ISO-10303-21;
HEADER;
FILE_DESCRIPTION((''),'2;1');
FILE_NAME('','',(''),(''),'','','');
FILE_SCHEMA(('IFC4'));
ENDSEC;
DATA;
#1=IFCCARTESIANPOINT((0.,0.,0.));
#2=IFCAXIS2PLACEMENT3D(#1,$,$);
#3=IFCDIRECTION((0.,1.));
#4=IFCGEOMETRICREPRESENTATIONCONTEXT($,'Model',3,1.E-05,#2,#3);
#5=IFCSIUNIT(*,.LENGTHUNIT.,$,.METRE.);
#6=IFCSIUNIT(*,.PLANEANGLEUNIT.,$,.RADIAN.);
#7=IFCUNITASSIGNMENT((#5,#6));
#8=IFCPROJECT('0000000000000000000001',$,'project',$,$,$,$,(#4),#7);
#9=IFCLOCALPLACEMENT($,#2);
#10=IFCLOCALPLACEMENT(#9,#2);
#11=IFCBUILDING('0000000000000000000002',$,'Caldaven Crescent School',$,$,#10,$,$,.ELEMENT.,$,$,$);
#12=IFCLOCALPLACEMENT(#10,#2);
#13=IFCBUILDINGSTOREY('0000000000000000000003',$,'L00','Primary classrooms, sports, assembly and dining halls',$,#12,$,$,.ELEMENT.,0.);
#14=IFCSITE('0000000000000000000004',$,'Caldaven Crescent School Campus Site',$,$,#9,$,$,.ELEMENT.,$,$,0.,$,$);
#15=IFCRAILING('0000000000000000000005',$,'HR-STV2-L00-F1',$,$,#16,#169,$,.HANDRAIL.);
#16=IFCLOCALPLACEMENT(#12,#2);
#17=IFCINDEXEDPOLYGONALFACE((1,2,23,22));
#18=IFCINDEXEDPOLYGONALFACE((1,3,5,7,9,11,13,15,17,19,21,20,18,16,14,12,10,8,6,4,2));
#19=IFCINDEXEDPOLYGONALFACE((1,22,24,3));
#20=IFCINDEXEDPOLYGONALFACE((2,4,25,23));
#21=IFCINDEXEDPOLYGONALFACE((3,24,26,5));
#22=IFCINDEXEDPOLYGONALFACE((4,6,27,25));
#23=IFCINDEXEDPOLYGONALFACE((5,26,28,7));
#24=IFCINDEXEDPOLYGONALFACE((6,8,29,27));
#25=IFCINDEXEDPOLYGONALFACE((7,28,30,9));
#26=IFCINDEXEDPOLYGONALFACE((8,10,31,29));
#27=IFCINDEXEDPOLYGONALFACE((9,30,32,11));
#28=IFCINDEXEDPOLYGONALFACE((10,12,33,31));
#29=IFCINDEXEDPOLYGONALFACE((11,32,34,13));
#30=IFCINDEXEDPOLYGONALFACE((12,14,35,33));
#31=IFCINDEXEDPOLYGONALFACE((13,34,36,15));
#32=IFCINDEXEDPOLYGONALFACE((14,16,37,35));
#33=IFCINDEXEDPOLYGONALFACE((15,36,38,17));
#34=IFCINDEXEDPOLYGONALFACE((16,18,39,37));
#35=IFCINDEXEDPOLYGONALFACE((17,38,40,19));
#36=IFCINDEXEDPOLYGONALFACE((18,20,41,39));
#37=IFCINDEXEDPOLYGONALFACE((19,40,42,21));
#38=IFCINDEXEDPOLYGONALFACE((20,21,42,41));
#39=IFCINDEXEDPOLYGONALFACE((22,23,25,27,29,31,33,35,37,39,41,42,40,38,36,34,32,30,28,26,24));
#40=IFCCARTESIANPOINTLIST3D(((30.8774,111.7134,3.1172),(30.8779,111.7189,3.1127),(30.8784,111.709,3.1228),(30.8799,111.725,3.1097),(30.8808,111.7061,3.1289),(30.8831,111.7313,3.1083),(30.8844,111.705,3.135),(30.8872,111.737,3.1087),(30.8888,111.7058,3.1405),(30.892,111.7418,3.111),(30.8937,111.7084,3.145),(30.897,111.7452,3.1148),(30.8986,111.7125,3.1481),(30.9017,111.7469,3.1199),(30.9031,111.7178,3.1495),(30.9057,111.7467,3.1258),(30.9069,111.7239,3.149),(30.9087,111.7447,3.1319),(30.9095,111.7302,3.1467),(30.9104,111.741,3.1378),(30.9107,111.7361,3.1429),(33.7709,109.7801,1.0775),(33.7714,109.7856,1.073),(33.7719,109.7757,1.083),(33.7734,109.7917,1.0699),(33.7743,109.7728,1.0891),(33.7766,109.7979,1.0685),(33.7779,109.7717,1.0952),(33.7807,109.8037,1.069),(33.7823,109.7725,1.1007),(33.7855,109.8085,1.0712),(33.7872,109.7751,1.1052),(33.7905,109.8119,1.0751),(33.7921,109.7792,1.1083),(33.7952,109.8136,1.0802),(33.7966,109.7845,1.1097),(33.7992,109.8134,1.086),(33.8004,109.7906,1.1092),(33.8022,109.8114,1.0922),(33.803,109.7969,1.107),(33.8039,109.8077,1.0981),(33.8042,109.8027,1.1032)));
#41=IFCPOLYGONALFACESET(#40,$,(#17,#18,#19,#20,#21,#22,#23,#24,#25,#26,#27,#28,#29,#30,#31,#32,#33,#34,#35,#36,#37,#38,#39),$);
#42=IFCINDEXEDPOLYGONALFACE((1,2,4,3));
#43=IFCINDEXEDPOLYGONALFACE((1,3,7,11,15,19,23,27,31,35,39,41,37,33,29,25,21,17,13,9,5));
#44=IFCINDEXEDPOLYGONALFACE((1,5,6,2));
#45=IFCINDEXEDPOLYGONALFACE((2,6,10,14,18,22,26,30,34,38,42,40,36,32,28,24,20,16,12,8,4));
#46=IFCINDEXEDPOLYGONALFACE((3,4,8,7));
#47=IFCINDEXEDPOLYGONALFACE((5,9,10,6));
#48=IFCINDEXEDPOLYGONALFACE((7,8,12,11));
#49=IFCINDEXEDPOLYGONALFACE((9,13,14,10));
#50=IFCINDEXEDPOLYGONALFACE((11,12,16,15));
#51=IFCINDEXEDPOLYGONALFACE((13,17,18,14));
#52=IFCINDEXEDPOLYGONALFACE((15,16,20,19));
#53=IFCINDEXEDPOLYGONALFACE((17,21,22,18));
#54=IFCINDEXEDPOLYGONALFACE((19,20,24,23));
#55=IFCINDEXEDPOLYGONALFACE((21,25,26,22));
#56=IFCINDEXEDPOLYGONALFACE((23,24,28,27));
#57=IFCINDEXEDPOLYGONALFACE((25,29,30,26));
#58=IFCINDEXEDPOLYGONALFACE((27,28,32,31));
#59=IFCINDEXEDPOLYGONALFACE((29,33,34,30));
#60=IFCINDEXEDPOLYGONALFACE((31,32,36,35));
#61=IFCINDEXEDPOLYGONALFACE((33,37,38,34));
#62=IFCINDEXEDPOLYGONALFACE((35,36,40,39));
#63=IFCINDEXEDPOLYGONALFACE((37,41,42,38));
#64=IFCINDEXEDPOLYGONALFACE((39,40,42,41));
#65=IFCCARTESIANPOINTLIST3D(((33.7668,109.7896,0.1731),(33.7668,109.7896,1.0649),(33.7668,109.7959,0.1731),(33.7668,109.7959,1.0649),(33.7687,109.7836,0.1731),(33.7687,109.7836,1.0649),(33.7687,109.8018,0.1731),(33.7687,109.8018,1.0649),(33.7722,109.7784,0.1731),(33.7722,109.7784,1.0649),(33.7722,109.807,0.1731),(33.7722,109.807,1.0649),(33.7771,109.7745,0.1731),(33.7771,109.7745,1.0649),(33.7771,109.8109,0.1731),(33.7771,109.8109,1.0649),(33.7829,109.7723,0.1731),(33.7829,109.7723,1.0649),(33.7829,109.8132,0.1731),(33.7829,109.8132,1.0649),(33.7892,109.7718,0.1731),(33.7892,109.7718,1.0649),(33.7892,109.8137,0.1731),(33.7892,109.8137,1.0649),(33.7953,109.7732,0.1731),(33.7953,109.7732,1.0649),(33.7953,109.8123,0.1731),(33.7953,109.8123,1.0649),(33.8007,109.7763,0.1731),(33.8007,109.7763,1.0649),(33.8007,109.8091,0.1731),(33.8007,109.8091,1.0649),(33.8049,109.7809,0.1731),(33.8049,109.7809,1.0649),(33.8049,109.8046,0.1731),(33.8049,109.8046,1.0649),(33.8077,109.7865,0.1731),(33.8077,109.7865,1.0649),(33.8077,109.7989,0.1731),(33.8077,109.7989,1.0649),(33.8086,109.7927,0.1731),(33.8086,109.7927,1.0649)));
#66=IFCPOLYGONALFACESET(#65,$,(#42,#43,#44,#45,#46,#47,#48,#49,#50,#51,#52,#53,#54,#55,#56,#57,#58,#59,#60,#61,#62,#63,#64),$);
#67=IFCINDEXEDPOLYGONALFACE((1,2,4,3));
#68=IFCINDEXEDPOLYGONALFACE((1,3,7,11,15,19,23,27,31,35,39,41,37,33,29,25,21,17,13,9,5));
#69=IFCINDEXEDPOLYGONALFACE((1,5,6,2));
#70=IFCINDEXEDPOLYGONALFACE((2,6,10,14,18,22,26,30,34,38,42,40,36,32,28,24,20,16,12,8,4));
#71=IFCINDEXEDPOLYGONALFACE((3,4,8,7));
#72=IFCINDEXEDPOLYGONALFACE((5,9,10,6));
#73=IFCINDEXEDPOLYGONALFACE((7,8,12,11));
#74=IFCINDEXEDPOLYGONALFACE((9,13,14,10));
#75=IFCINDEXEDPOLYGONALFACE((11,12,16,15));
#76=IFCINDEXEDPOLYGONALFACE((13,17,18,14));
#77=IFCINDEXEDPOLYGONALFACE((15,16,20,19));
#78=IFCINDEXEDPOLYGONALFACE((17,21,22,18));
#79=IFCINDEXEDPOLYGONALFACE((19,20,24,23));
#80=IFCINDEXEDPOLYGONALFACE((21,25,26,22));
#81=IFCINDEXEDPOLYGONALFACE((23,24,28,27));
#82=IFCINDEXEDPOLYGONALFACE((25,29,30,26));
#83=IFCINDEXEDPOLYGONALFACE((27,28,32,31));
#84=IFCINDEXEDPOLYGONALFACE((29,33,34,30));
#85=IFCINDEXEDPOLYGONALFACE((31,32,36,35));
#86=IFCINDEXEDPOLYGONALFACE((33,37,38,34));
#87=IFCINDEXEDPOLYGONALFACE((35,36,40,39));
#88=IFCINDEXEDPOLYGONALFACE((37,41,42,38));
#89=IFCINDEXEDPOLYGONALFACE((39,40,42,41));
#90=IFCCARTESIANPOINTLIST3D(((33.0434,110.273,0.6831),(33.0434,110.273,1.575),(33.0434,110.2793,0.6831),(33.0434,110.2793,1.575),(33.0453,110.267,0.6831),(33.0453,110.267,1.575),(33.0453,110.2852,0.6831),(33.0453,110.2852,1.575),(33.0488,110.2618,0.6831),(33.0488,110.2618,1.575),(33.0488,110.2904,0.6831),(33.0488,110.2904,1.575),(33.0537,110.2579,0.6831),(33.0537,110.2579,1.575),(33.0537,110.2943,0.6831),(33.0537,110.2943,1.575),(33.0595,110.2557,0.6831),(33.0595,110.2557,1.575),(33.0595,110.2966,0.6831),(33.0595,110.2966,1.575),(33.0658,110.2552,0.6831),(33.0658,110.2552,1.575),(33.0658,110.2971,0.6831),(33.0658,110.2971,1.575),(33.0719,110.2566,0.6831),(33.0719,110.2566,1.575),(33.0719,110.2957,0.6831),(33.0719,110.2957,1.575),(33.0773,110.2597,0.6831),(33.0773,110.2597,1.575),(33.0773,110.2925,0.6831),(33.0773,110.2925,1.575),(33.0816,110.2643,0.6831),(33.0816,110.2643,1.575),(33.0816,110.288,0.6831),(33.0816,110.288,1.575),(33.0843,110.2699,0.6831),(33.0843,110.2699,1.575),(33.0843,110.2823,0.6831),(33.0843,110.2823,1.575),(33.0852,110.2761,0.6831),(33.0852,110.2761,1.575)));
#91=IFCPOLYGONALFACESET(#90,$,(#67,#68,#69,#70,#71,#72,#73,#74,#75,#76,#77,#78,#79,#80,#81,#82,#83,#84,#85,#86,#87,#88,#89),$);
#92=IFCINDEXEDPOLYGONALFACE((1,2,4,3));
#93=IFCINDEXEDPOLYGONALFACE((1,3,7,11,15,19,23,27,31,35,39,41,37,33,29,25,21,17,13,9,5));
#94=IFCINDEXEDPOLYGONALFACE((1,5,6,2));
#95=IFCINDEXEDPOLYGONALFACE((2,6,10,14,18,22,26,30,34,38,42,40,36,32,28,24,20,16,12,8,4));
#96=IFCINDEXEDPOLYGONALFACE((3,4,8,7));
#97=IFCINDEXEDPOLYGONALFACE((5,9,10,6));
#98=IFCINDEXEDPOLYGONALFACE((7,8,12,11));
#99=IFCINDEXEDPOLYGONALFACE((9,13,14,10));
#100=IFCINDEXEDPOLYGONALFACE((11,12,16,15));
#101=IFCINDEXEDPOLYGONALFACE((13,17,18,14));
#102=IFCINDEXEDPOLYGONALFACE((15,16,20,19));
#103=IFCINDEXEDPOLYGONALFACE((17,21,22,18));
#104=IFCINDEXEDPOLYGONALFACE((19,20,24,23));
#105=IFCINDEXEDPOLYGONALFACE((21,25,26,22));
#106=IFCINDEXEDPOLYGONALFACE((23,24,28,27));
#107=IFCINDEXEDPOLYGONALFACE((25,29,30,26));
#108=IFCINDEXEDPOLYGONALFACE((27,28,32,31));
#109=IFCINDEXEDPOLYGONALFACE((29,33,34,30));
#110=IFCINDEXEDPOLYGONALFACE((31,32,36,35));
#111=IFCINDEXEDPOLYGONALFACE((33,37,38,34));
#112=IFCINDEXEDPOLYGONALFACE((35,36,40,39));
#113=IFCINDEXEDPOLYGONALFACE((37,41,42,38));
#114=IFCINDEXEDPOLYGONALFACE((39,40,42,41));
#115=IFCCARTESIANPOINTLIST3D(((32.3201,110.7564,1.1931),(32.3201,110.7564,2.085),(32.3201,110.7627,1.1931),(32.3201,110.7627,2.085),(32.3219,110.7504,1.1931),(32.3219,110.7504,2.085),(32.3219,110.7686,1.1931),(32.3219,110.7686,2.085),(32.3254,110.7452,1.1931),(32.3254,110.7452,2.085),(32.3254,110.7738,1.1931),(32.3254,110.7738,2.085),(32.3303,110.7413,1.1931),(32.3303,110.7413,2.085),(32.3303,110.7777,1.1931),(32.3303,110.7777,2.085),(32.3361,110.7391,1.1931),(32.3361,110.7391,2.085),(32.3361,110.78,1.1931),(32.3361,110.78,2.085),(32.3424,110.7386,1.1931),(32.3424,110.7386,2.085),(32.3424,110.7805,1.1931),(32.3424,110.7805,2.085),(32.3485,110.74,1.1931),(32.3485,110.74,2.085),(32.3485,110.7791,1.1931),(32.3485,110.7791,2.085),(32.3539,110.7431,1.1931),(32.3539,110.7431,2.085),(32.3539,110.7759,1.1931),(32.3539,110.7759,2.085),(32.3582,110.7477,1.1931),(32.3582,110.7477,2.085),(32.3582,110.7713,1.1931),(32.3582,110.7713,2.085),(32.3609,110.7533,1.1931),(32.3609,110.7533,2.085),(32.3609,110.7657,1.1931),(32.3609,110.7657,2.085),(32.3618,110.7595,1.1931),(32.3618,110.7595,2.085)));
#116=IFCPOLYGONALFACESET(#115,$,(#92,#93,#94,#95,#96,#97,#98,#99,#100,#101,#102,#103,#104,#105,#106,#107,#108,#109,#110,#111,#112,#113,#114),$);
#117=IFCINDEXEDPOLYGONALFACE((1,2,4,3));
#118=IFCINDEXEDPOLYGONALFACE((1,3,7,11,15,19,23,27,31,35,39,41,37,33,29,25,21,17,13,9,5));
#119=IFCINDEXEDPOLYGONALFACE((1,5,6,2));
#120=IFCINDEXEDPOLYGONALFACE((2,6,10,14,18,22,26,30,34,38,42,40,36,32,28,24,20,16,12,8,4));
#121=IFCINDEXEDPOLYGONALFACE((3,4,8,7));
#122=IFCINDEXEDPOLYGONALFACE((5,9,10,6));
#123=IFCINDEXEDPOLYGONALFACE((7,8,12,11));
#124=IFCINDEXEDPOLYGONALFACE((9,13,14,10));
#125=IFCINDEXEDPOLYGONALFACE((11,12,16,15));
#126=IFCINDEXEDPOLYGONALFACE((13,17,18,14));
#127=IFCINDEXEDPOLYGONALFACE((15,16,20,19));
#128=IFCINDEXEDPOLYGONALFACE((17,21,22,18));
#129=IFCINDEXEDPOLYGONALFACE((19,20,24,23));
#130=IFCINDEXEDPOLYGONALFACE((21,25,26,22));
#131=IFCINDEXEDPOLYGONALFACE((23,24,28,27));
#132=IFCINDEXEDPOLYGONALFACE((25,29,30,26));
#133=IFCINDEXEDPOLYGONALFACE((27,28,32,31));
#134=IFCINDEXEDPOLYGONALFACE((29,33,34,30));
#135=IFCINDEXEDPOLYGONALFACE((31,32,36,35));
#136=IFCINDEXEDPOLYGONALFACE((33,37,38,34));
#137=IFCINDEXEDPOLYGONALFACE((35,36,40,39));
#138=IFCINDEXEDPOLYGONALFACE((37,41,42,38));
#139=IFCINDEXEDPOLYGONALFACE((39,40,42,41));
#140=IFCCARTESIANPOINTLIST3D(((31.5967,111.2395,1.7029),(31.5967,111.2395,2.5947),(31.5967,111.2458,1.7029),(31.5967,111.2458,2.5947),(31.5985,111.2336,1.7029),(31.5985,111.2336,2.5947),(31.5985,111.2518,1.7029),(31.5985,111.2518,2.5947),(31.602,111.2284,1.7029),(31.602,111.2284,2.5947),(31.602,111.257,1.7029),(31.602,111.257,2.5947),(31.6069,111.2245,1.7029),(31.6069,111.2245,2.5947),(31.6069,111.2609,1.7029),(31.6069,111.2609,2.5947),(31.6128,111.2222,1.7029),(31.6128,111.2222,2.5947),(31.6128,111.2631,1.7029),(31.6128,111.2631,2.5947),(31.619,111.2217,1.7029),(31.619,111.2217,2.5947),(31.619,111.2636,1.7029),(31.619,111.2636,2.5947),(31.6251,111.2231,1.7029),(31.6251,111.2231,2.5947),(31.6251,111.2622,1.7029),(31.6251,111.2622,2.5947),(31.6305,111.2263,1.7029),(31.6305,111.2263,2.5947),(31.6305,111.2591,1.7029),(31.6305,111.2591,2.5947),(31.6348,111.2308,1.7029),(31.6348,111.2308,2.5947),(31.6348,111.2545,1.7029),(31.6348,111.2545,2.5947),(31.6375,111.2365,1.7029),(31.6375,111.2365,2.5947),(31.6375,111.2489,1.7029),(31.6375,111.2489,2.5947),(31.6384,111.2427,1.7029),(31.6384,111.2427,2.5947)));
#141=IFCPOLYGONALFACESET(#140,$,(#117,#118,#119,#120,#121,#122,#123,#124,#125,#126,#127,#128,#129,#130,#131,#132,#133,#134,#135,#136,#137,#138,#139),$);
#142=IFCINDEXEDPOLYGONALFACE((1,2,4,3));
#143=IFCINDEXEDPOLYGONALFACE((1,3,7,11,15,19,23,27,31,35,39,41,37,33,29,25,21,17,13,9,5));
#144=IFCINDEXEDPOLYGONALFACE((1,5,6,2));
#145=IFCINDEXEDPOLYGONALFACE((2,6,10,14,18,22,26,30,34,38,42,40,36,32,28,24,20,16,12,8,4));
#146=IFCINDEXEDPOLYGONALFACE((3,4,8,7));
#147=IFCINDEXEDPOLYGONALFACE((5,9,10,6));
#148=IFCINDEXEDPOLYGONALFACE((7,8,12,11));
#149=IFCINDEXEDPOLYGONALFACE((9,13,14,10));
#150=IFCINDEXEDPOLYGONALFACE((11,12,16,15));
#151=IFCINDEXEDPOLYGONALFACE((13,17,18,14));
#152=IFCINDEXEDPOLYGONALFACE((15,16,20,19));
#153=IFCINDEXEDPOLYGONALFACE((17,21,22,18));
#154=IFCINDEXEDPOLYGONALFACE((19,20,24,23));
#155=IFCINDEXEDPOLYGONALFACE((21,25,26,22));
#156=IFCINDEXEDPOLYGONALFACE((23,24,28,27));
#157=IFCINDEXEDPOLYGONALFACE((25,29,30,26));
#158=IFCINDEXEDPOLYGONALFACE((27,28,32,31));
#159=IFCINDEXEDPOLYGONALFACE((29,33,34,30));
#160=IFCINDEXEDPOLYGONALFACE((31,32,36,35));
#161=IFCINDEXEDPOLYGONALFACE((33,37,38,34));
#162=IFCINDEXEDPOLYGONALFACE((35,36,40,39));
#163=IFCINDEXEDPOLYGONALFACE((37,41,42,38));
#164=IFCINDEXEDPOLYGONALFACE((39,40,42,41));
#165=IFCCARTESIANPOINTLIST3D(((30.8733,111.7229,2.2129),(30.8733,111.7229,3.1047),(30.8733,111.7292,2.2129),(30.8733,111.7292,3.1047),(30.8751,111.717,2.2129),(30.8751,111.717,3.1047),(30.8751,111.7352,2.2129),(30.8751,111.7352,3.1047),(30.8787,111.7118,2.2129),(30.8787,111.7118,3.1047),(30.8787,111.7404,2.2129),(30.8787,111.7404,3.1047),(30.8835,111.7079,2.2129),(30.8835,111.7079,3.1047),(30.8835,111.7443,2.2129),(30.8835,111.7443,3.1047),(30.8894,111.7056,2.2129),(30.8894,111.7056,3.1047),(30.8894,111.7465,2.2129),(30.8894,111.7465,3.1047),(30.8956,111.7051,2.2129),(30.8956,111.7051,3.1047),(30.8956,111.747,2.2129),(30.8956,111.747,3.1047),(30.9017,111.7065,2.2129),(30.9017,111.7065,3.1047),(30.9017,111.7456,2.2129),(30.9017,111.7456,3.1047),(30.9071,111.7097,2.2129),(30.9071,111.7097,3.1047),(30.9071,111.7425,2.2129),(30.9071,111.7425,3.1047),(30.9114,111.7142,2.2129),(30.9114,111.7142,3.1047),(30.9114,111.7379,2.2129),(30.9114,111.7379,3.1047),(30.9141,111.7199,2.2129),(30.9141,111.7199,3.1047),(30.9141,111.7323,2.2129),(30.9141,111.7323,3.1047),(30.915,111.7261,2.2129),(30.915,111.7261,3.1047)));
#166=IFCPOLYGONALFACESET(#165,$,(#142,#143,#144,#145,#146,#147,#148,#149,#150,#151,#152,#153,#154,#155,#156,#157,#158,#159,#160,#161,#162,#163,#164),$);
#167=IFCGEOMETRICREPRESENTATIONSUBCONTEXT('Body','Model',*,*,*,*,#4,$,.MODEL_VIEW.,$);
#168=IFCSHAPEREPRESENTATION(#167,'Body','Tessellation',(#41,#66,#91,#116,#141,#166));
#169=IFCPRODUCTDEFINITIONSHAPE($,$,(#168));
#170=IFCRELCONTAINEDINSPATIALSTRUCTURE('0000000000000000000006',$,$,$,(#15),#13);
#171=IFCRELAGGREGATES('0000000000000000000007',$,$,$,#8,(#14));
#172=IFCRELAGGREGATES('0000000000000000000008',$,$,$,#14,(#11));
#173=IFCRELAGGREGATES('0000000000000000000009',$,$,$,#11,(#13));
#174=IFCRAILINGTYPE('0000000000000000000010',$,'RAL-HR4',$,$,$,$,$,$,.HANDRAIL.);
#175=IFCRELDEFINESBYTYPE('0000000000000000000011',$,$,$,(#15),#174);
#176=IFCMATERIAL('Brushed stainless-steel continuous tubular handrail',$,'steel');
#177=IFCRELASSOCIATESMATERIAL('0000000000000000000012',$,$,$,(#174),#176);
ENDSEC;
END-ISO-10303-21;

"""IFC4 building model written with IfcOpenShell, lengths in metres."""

from ifc_helpers import new_model, si_unit, direction, frame, origin, origin_2d, place, context, subcontext, project, spatial, circle, extrude, material, type_object, element, save


model = new_model("IFC4")

# Units and contexts
model_context = context("Model", 3, precision=1e-05, world=origin(), true_north=direction((0.0, 1.0)))
body_context = subcontext(model_context, "Body", "Model", "MODEL_VIEW")
ifc_project = project(units=[si_unit("LENGTHUNIT", "METRE"), si_unit("PLANEANGLEUNIT", "RADIAN")], contexts=[model_context])

# Site, building, storey
site_placement = place(None, origin())
site = spatial("IfcSite", under=ifc_project, at=site_placement, Name="Caldaven Crescent School Campus Site", CompositionType="ELEMENT", RefElevation=0.0)
building_placement = place(site_placement, origin())
building = spatial("IfcBuilding", under=site, at=building_placement, Name="Caldaven Crescent School", CompositionType="ELEMENT")
storey_placement = place(building_placement, origin())
storey = spatial("IfcBuildingStorey", under=building, at=storey_placement, Name="L00", Description="Primary classrooms, sports, assembly and dining halls", CompositionType="ELEMENT", Elevation=0.0)

# Railing
ifc_material_1 = material(Name="Brushed stainless-steel continuous tubular handrail", Category="steel")
railing_type_1 = type_object("IfcRailingType", Name="RAL-HR4", PredefinedType="HANDRAIL", material=ifc_material_1)
railing_1_placement = place(storey_placement, frame((33.7876, 109.7927, 0.1731)))
element("IfcRailing", 1, at=railing_1_placement, inside=storey, type_object=railing_type_1, Name="HR-STV2-L00-F1", PredefinedType="HANDRAIL", context=body_context, shape_type="SweptSolid", body=[
    extrude(circle(Radius=0.0239, at=origin_2d()), frame((0.0, 0.0, 0.916), z_axis=(-0.717333, 0.479292, 0.50568), x_axis=(-0.555558, -0.831478, 0.0)), (0.0, 0.0, 1.0), 4.0337),
    extrude(circle(Radius=0.021, at=origin_2d()), origin(), (0.0, 0.0, 1.0), 0.8918),
    extrude(circle(Radius=0.021, at=origin_2d()), frame((-0.7234, 0.4834, 0.51)), (0.0, 0.0, 1.0), 0.8918),
    extrude(circle(Radius=0.021, at=origin_2d()), frame((-1.4468, 0.9668, 1.02)), (0.0, 0.0, 1.0), 0.8918),
    extrude(circle(Radius=0.021, at=origin_2d()), frame((-2.1702, 1.45, 1.5298)), (0.0, 0.0, 1.0), 0.8918),
    extrude(circle(Radius=0.021, at=origin_2d()), frame((-2.8936, 1.9333, 2.0398)), (0.0, 0.0, 1.0), 0.8918),
])

save(model, "model.ifc")
